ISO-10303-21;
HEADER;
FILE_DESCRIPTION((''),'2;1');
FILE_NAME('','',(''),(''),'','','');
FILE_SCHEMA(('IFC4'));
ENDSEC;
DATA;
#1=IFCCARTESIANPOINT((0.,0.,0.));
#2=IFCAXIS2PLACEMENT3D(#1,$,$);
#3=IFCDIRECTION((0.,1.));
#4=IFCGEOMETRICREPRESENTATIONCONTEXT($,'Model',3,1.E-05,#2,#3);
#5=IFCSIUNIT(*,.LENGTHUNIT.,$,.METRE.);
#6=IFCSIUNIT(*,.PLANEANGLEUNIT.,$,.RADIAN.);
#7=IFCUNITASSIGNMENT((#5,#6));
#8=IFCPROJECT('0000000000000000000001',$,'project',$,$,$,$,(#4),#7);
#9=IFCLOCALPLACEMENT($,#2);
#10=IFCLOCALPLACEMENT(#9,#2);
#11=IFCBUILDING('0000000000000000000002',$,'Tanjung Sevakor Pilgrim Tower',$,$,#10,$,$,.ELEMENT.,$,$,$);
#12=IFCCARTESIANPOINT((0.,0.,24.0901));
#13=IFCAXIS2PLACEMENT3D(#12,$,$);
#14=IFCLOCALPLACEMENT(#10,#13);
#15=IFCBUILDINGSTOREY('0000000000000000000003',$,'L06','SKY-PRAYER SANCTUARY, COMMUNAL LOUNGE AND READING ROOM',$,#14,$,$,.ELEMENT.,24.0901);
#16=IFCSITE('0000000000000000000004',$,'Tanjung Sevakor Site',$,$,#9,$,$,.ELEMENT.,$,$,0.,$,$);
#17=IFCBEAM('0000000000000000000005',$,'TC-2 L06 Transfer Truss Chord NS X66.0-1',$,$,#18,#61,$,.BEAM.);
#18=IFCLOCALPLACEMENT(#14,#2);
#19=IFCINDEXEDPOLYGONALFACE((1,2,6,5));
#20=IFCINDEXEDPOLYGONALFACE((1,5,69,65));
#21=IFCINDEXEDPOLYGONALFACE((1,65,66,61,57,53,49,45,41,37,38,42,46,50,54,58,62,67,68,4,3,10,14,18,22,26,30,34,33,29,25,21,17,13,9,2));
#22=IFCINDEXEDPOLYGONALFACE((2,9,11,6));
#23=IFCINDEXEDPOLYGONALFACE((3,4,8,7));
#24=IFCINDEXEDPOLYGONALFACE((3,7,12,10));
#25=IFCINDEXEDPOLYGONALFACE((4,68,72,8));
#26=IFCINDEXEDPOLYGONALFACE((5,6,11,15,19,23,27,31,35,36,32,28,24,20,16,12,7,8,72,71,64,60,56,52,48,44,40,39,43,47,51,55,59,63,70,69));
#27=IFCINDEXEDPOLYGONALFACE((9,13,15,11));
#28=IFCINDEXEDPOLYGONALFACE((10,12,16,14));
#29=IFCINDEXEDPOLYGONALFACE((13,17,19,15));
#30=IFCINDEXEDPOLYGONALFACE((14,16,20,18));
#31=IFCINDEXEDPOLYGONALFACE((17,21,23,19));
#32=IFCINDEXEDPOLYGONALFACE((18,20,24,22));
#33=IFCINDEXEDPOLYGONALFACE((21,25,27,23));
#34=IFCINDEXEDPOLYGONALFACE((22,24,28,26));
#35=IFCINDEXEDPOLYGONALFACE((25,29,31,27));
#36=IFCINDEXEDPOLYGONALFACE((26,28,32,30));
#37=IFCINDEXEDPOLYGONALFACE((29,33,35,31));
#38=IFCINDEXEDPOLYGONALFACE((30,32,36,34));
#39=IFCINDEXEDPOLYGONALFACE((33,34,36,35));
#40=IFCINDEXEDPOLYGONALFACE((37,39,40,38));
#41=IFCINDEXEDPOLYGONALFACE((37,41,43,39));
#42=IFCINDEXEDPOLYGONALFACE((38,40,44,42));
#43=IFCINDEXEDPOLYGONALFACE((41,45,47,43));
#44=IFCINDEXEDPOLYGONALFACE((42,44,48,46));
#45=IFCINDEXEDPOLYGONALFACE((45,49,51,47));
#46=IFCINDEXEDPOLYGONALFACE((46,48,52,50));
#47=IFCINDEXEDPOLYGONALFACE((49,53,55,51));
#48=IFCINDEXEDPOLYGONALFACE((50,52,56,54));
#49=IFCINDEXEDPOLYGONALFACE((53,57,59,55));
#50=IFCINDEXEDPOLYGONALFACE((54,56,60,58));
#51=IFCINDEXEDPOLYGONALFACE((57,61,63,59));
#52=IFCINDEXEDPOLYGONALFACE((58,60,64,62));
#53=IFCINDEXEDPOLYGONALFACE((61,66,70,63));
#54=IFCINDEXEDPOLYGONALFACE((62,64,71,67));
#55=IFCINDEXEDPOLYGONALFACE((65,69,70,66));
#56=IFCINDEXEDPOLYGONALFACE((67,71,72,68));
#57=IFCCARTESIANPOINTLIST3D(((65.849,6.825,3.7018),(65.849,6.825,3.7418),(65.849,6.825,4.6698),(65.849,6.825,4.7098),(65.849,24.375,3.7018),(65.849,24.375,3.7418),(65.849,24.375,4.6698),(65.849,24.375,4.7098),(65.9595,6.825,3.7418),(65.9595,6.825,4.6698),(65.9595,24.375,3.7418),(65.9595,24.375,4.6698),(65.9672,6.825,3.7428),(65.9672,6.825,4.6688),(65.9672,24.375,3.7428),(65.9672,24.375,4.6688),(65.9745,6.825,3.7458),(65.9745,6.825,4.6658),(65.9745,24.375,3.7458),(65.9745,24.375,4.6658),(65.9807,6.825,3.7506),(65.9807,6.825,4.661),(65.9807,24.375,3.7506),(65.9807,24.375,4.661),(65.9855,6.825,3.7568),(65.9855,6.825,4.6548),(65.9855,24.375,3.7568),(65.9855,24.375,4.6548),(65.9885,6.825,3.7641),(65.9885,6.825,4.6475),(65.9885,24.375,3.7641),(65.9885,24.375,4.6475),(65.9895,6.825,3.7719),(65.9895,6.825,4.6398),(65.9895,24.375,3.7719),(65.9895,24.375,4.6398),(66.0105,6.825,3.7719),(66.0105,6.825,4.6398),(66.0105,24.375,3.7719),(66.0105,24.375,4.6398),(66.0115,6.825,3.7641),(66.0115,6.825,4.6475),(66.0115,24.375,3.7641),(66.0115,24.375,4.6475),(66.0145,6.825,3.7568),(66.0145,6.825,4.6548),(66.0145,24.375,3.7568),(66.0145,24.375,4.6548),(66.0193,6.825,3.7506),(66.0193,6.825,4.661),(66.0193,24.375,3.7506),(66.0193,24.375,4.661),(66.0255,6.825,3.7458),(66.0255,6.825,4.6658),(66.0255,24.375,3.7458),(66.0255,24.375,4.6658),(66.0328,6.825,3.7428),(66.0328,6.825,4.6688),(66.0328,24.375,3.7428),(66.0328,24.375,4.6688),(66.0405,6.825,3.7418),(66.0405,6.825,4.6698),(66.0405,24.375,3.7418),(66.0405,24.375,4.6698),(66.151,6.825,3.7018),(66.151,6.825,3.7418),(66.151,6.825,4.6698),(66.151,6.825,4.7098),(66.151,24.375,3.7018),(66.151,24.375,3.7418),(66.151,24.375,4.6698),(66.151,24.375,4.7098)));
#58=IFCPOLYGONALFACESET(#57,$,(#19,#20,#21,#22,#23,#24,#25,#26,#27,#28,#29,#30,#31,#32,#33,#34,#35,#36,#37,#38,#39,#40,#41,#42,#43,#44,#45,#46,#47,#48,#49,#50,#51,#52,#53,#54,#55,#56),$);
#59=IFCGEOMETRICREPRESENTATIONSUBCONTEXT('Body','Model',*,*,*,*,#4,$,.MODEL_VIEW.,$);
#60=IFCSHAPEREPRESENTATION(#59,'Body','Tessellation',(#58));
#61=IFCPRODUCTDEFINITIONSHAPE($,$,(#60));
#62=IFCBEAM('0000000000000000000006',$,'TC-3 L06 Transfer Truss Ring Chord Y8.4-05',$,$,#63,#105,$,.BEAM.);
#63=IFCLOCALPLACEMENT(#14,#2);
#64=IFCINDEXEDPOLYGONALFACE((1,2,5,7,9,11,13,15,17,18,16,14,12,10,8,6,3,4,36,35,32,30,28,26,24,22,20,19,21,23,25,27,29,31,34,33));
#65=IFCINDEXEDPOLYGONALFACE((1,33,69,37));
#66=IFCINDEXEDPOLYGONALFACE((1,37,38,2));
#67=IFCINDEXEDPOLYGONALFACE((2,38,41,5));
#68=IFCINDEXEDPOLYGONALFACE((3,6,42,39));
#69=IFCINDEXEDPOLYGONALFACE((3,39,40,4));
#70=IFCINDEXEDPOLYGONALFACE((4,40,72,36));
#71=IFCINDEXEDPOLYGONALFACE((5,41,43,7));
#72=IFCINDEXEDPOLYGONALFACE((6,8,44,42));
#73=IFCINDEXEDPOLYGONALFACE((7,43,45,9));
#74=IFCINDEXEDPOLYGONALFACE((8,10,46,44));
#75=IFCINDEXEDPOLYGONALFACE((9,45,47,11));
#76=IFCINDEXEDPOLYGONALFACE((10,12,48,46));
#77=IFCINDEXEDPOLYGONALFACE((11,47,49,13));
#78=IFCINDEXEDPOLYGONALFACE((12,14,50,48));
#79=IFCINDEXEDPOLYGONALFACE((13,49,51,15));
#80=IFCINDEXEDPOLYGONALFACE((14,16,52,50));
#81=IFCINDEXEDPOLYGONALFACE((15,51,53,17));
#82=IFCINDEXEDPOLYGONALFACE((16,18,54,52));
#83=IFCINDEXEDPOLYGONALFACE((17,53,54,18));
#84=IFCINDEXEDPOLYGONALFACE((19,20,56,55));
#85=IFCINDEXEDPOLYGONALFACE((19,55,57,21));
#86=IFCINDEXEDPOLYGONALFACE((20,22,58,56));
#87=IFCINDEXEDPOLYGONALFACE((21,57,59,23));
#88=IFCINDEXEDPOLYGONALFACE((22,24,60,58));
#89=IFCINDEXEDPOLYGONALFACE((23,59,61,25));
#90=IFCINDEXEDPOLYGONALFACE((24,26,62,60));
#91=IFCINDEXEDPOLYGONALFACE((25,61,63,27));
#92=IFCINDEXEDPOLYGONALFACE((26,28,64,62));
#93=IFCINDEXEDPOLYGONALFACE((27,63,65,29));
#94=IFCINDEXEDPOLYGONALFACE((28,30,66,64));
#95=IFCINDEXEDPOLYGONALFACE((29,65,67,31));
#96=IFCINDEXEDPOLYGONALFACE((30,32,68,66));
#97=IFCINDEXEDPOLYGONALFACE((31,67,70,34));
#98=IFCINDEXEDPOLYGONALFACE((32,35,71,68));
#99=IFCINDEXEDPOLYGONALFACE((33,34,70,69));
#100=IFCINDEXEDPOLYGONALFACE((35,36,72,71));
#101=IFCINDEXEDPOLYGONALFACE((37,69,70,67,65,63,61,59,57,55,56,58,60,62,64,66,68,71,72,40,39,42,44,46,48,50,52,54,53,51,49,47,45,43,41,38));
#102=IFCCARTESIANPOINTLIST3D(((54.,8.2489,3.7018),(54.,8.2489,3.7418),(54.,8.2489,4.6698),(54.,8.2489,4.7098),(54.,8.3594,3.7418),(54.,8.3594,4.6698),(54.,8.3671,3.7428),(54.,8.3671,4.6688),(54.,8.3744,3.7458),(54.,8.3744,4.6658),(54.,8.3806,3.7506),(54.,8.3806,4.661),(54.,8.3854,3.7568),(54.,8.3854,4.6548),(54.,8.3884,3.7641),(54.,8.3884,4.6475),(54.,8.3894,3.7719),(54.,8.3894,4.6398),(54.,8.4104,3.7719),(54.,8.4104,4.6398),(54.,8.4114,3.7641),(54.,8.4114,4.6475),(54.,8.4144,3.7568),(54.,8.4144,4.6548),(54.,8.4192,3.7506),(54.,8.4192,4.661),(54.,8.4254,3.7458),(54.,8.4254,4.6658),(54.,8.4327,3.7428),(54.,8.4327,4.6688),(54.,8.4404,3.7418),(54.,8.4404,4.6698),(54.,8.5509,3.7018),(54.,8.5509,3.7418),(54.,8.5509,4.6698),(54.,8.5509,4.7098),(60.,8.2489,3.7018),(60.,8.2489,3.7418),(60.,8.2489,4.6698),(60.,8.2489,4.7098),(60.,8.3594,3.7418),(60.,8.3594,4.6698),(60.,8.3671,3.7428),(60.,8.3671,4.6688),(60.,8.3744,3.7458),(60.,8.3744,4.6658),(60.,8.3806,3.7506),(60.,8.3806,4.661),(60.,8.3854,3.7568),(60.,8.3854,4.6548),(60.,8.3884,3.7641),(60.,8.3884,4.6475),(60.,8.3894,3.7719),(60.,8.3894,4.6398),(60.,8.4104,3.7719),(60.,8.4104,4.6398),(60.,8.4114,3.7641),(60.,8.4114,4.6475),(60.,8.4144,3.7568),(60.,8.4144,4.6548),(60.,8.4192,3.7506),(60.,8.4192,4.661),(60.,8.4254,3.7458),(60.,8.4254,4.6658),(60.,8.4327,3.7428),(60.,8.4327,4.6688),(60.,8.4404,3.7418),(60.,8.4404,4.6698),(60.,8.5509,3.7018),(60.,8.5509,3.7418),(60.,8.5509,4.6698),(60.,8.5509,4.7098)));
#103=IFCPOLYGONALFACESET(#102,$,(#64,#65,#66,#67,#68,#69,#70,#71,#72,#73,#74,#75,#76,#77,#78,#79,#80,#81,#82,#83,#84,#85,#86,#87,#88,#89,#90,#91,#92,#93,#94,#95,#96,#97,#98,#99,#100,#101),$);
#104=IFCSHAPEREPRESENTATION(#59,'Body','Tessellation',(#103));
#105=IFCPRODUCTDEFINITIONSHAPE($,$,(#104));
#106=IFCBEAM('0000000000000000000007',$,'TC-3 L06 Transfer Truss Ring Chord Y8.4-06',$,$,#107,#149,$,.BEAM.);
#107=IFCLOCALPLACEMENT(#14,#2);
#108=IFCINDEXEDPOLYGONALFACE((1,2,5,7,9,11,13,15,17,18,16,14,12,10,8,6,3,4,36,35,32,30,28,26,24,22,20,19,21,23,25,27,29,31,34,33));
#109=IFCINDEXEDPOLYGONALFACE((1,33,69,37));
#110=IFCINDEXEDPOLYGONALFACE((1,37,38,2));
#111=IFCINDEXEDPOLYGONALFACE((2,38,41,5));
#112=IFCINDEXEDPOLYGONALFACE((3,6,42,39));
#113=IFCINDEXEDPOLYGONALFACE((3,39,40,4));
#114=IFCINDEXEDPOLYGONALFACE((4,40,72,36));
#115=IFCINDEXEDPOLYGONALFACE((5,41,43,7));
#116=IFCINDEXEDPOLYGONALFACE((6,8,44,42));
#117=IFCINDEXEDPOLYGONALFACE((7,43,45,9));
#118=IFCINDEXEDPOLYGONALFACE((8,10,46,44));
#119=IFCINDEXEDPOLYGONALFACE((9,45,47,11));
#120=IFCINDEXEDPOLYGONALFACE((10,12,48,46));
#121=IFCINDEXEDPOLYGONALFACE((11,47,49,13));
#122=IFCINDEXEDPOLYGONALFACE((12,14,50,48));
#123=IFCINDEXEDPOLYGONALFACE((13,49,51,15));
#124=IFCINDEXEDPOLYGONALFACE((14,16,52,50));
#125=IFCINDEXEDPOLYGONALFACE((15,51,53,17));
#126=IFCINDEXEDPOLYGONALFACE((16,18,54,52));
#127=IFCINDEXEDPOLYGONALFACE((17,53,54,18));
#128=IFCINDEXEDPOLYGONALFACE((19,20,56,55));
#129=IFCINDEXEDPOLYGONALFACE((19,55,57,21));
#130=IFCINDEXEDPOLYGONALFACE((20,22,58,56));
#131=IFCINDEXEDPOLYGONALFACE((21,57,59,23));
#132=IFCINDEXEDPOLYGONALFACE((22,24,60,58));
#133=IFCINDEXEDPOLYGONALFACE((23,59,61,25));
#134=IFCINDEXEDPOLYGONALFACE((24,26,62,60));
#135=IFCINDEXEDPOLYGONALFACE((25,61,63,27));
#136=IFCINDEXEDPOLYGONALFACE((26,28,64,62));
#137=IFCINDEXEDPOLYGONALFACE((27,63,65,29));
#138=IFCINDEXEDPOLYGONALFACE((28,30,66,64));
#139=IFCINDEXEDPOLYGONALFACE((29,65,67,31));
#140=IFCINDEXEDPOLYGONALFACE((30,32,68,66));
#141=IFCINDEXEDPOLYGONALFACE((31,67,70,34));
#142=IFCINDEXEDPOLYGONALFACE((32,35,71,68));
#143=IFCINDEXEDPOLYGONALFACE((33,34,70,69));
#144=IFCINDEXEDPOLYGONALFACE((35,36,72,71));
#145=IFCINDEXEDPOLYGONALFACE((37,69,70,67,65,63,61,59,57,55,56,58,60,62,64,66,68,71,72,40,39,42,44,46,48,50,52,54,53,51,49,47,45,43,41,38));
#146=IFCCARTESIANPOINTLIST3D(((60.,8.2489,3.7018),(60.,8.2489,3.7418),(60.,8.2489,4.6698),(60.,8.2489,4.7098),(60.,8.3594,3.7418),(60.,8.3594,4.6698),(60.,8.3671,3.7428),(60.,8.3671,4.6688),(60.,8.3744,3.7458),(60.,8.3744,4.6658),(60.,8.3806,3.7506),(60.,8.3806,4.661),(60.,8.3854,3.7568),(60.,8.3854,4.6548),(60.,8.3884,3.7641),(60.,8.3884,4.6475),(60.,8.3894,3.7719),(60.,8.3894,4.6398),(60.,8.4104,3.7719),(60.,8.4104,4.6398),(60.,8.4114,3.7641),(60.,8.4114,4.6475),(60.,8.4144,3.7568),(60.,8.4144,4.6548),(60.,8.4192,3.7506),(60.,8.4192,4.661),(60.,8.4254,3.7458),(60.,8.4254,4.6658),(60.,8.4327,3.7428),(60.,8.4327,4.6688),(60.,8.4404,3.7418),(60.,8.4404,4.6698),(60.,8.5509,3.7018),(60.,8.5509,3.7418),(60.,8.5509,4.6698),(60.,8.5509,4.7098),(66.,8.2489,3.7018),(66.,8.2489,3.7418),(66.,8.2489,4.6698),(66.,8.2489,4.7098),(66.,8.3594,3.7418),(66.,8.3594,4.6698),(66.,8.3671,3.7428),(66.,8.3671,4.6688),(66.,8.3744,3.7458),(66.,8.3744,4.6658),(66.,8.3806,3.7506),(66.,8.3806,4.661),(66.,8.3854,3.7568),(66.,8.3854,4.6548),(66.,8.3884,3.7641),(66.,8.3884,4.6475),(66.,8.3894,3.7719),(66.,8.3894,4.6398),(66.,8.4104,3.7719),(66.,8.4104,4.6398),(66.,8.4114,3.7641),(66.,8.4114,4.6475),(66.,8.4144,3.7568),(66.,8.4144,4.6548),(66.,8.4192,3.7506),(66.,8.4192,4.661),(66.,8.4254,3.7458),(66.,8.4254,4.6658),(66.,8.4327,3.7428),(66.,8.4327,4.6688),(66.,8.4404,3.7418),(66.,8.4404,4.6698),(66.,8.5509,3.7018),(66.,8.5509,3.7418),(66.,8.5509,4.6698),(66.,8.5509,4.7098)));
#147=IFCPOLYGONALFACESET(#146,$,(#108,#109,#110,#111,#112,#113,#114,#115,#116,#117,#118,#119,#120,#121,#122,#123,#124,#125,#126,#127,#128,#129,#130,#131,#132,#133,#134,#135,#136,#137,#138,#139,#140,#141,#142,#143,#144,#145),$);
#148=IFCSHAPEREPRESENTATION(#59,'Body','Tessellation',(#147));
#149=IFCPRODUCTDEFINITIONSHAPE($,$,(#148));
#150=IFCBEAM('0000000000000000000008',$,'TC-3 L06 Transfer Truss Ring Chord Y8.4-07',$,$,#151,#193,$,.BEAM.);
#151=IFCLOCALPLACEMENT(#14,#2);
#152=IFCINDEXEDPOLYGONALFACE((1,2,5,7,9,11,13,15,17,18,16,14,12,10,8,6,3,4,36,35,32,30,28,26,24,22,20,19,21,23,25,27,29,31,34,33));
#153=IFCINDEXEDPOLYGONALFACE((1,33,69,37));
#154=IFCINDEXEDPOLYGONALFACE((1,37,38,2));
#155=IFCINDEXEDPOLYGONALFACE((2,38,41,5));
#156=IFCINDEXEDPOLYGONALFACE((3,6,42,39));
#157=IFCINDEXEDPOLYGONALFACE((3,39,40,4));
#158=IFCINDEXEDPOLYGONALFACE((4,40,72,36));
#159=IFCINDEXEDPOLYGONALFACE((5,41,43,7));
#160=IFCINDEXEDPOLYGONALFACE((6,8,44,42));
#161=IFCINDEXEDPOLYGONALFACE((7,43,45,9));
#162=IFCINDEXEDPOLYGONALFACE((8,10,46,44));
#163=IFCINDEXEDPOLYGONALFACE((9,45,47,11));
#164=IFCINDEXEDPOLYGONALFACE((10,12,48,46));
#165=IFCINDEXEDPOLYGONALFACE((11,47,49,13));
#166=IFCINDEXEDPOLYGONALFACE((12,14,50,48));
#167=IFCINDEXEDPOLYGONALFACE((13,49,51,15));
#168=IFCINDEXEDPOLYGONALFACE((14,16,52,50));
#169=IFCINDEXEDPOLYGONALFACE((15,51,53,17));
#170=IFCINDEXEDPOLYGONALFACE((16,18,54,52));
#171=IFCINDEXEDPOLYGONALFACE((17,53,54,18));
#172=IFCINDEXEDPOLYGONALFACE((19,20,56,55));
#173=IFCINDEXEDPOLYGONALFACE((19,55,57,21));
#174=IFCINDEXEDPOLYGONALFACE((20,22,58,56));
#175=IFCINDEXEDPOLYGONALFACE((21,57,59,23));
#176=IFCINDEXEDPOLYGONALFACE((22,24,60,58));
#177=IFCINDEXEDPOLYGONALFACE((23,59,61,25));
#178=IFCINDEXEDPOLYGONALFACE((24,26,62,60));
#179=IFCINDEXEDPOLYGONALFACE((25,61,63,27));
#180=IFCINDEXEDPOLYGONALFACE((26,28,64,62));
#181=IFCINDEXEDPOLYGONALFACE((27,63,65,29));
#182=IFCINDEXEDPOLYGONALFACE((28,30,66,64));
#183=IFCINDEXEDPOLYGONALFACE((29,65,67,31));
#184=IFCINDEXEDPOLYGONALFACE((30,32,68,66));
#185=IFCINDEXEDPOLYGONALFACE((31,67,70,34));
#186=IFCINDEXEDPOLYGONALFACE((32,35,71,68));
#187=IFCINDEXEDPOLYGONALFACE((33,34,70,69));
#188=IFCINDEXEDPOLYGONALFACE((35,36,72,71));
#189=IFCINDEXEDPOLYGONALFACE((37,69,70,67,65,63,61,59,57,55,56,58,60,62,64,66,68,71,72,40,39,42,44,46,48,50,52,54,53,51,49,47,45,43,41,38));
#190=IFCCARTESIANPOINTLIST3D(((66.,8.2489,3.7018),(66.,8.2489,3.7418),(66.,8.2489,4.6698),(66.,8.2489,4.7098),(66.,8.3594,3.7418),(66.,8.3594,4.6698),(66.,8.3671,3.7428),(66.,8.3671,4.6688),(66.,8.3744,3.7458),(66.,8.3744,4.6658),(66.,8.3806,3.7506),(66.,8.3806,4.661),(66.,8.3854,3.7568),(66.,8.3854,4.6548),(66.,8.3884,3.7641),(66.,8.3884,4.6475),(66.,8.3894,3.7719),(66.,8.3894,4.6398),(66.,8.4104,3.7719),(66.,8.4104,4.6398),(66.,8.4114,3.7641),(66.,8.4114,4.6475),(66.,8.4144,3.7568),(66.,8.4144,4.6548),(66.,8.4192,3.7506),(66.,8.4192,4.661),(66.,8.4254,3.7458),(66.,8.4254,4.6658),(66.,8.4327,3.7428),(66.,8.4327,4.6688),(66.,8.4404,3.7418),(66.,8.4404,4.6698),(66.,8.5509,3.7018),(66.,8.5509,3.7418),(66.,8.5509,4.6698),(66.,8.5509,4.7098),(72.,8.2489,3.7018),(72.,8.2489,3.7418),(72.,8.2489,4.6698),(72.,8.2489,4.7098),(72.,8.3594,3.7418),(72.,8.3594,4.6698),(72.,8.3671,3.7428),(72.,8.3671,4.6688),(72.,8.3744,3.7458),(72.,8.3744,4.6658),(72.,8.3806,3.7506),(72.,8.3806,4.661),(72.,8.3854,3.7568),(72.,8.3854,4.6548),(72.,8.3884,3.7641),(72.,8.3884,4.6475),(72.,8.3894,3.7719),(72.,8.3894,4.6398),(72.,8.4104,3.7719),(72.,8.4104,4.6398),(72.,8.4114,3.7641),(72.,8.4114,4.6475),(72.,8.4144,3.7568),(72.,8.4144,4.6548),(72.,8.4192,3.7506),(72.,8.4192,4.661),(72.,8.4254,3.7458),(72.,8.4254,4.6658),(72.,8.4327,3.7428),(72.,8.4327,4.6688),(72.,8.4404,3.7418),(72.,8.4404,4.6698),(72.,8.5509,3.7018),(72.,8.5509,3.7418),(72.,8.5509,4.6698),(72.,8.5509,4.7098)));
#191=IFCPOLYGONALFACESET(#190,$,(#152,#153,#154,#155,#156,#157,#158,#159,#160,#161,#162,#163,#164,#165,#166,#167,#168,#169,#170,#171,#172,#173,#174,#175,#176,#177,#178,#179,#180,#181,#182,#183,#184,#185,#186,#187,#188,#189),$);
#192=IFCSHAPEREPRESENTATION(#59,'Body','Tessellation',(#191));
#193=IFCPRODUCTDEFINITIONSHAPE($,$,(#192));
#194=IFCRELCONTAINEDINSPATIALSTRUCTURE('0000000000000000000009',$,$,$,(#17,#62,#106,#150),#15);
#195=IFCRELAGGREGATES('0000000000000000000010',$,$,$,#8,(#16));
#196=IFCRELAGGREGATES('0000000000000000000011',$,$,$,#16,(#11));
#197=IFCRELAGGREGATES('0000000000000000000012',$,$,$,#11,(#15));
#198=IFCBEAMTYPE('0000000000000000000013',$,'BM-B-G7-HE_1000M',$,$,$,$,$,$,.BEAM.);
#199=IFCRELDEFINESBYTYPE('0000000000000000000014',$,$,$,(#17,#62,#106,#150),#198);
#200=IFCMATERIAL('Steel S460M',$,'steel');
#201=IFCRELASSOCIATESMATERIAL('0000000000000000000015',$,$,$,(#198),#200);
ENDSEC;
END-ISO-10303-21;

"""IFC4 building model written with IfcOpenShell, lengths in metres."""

from ifc_helpers import new_model, si_unit, direction, frame, origin, origin_2d, place, context, subcontext, project, spatial, i_section, extrude, material, material_profile, profile_set, type_object, element, save


model = new_model("IFC4")

# Units and contexts
model_context = context("Model", 3, precision=1e-05, world=origin(), true_north=direction((0.0, 1.0)))
body_context = subcontext(model_context, "Body", "Model", "MODEL_VIEW")
ifc_project = project(units=[si_unit("LENGTHUNIT", "METRE"), si_unit("PLANEANGLEUNIT", "RADIAN")], contexts=[model_context])

# Site, building, storey
site_placement = place(None, origin())
site = spatial("IfcSite", under=ifc_project, at=site_placement, Name="Tanjung Sevakor Site", CompositionType="ELEMENT", RefElevation=0.0)
building_placement = place(site_placement, origin())
building = spatial("IfcBuilding", under=site, at=building_placement, Name="Tanjung Sevakor Pilgrim Tower", CompositionType="ELEMENT")
storey_placement = place(building_placement, frame((0.0, 0.0, 24.0901)))
storey = spatial("IfcBuildingStorey", under=building, at=storey_placement, Name="L06", Description="SKY-PRAYER SANCTUARY, COMMUNAL LOUNGE AND READING ROOM", CompositionType="ELEMENT", Elevation=24.0901)

# Beams
ifc_material_1 = material(Name="Steel S460M", Category="steel")
ifc_material_profile_1 = material_profile(ifc_material_1, i_section(OverallWidth=0.302, OverallDepth=1.0081, WebThickness=0.021, FlangeThickness=0.04, FilletRadius=0.03, at=origin_2d()))
ifc_profile_set_1 = profile_set([ifc_material_profile_1], Name="Steel S460M")
beam_type_1 = type_object("IfcBeamType", Name="BM-B-G7-HE_1000M", PredefinedType="BEAM", material=ifc_profile_set_1)
beam_1_placement = place(storey_placement, frame((66.0, 6.825, 4.2058), z_axis=(0.0, 1.0, 0.0), x_axis=(-1.0, 0.0, 0.0)))
element("IfcBeam", 1, at=beam_1_placement, inside=storey, type_object=beam_type_1, Name="TC-2 L06 Transfer Truss Chord NS X66.0-1", PredefinedType="BEAM", context=body_context, shape_type="SweptSolid", body=[
    extrude(i_section(OverallWidth=0.302, OverallDepth=1.0081, WebThickness=0.021, FlangeThickness=0.04, FilletRadius=0.03, at=origin_2d()), origin(), (0.0, 0.0, 1.0), 17.55),
])
for number, where, z_axis, x_axis, name in (
    (2, (54.0, 8.3999, 4.2058), (1.0, 0.0, 0.0), (0.0, 1.0, 0.0), "TC-3 L06 Transfer Truss Ring Chord Y8.4-05"),
    (3, (60.0, 8.3999, 4.2058), (1.0, 0.0, 0.0), (0.0, 1.0, 0.0), "TC-3 L06 Transfer Truss Ring Chord Y8.4-06"),
    (4, (66.0, 8.3999, 4.2058), (1.0, 0.0, 0.0), (0.0, 1.0, 0.0), "TC-3 L06 Transfer Truss Ring Chord Y8.4-07"),
):
    element("IfcBeam", number, at=place(storey_placement, frame(where, z_axis=z_axis, x_axis=x_axis)), inside=storey, type_object=beam_type_1, Name=name, PredefinedType="BEAM", context=body_context, shape_type="SweptSolid", body=[
        extrude(i_section(OverallWidth=0.302, OverallDepth=1.0081, WebThickness=0.021, FlangeThickness=0.04, FilletRadius=0.03, at=origin_2d()), origin(), (0.0, 0.0, 1.0), 6.0),
    ])

save(model, "model.ifc")
